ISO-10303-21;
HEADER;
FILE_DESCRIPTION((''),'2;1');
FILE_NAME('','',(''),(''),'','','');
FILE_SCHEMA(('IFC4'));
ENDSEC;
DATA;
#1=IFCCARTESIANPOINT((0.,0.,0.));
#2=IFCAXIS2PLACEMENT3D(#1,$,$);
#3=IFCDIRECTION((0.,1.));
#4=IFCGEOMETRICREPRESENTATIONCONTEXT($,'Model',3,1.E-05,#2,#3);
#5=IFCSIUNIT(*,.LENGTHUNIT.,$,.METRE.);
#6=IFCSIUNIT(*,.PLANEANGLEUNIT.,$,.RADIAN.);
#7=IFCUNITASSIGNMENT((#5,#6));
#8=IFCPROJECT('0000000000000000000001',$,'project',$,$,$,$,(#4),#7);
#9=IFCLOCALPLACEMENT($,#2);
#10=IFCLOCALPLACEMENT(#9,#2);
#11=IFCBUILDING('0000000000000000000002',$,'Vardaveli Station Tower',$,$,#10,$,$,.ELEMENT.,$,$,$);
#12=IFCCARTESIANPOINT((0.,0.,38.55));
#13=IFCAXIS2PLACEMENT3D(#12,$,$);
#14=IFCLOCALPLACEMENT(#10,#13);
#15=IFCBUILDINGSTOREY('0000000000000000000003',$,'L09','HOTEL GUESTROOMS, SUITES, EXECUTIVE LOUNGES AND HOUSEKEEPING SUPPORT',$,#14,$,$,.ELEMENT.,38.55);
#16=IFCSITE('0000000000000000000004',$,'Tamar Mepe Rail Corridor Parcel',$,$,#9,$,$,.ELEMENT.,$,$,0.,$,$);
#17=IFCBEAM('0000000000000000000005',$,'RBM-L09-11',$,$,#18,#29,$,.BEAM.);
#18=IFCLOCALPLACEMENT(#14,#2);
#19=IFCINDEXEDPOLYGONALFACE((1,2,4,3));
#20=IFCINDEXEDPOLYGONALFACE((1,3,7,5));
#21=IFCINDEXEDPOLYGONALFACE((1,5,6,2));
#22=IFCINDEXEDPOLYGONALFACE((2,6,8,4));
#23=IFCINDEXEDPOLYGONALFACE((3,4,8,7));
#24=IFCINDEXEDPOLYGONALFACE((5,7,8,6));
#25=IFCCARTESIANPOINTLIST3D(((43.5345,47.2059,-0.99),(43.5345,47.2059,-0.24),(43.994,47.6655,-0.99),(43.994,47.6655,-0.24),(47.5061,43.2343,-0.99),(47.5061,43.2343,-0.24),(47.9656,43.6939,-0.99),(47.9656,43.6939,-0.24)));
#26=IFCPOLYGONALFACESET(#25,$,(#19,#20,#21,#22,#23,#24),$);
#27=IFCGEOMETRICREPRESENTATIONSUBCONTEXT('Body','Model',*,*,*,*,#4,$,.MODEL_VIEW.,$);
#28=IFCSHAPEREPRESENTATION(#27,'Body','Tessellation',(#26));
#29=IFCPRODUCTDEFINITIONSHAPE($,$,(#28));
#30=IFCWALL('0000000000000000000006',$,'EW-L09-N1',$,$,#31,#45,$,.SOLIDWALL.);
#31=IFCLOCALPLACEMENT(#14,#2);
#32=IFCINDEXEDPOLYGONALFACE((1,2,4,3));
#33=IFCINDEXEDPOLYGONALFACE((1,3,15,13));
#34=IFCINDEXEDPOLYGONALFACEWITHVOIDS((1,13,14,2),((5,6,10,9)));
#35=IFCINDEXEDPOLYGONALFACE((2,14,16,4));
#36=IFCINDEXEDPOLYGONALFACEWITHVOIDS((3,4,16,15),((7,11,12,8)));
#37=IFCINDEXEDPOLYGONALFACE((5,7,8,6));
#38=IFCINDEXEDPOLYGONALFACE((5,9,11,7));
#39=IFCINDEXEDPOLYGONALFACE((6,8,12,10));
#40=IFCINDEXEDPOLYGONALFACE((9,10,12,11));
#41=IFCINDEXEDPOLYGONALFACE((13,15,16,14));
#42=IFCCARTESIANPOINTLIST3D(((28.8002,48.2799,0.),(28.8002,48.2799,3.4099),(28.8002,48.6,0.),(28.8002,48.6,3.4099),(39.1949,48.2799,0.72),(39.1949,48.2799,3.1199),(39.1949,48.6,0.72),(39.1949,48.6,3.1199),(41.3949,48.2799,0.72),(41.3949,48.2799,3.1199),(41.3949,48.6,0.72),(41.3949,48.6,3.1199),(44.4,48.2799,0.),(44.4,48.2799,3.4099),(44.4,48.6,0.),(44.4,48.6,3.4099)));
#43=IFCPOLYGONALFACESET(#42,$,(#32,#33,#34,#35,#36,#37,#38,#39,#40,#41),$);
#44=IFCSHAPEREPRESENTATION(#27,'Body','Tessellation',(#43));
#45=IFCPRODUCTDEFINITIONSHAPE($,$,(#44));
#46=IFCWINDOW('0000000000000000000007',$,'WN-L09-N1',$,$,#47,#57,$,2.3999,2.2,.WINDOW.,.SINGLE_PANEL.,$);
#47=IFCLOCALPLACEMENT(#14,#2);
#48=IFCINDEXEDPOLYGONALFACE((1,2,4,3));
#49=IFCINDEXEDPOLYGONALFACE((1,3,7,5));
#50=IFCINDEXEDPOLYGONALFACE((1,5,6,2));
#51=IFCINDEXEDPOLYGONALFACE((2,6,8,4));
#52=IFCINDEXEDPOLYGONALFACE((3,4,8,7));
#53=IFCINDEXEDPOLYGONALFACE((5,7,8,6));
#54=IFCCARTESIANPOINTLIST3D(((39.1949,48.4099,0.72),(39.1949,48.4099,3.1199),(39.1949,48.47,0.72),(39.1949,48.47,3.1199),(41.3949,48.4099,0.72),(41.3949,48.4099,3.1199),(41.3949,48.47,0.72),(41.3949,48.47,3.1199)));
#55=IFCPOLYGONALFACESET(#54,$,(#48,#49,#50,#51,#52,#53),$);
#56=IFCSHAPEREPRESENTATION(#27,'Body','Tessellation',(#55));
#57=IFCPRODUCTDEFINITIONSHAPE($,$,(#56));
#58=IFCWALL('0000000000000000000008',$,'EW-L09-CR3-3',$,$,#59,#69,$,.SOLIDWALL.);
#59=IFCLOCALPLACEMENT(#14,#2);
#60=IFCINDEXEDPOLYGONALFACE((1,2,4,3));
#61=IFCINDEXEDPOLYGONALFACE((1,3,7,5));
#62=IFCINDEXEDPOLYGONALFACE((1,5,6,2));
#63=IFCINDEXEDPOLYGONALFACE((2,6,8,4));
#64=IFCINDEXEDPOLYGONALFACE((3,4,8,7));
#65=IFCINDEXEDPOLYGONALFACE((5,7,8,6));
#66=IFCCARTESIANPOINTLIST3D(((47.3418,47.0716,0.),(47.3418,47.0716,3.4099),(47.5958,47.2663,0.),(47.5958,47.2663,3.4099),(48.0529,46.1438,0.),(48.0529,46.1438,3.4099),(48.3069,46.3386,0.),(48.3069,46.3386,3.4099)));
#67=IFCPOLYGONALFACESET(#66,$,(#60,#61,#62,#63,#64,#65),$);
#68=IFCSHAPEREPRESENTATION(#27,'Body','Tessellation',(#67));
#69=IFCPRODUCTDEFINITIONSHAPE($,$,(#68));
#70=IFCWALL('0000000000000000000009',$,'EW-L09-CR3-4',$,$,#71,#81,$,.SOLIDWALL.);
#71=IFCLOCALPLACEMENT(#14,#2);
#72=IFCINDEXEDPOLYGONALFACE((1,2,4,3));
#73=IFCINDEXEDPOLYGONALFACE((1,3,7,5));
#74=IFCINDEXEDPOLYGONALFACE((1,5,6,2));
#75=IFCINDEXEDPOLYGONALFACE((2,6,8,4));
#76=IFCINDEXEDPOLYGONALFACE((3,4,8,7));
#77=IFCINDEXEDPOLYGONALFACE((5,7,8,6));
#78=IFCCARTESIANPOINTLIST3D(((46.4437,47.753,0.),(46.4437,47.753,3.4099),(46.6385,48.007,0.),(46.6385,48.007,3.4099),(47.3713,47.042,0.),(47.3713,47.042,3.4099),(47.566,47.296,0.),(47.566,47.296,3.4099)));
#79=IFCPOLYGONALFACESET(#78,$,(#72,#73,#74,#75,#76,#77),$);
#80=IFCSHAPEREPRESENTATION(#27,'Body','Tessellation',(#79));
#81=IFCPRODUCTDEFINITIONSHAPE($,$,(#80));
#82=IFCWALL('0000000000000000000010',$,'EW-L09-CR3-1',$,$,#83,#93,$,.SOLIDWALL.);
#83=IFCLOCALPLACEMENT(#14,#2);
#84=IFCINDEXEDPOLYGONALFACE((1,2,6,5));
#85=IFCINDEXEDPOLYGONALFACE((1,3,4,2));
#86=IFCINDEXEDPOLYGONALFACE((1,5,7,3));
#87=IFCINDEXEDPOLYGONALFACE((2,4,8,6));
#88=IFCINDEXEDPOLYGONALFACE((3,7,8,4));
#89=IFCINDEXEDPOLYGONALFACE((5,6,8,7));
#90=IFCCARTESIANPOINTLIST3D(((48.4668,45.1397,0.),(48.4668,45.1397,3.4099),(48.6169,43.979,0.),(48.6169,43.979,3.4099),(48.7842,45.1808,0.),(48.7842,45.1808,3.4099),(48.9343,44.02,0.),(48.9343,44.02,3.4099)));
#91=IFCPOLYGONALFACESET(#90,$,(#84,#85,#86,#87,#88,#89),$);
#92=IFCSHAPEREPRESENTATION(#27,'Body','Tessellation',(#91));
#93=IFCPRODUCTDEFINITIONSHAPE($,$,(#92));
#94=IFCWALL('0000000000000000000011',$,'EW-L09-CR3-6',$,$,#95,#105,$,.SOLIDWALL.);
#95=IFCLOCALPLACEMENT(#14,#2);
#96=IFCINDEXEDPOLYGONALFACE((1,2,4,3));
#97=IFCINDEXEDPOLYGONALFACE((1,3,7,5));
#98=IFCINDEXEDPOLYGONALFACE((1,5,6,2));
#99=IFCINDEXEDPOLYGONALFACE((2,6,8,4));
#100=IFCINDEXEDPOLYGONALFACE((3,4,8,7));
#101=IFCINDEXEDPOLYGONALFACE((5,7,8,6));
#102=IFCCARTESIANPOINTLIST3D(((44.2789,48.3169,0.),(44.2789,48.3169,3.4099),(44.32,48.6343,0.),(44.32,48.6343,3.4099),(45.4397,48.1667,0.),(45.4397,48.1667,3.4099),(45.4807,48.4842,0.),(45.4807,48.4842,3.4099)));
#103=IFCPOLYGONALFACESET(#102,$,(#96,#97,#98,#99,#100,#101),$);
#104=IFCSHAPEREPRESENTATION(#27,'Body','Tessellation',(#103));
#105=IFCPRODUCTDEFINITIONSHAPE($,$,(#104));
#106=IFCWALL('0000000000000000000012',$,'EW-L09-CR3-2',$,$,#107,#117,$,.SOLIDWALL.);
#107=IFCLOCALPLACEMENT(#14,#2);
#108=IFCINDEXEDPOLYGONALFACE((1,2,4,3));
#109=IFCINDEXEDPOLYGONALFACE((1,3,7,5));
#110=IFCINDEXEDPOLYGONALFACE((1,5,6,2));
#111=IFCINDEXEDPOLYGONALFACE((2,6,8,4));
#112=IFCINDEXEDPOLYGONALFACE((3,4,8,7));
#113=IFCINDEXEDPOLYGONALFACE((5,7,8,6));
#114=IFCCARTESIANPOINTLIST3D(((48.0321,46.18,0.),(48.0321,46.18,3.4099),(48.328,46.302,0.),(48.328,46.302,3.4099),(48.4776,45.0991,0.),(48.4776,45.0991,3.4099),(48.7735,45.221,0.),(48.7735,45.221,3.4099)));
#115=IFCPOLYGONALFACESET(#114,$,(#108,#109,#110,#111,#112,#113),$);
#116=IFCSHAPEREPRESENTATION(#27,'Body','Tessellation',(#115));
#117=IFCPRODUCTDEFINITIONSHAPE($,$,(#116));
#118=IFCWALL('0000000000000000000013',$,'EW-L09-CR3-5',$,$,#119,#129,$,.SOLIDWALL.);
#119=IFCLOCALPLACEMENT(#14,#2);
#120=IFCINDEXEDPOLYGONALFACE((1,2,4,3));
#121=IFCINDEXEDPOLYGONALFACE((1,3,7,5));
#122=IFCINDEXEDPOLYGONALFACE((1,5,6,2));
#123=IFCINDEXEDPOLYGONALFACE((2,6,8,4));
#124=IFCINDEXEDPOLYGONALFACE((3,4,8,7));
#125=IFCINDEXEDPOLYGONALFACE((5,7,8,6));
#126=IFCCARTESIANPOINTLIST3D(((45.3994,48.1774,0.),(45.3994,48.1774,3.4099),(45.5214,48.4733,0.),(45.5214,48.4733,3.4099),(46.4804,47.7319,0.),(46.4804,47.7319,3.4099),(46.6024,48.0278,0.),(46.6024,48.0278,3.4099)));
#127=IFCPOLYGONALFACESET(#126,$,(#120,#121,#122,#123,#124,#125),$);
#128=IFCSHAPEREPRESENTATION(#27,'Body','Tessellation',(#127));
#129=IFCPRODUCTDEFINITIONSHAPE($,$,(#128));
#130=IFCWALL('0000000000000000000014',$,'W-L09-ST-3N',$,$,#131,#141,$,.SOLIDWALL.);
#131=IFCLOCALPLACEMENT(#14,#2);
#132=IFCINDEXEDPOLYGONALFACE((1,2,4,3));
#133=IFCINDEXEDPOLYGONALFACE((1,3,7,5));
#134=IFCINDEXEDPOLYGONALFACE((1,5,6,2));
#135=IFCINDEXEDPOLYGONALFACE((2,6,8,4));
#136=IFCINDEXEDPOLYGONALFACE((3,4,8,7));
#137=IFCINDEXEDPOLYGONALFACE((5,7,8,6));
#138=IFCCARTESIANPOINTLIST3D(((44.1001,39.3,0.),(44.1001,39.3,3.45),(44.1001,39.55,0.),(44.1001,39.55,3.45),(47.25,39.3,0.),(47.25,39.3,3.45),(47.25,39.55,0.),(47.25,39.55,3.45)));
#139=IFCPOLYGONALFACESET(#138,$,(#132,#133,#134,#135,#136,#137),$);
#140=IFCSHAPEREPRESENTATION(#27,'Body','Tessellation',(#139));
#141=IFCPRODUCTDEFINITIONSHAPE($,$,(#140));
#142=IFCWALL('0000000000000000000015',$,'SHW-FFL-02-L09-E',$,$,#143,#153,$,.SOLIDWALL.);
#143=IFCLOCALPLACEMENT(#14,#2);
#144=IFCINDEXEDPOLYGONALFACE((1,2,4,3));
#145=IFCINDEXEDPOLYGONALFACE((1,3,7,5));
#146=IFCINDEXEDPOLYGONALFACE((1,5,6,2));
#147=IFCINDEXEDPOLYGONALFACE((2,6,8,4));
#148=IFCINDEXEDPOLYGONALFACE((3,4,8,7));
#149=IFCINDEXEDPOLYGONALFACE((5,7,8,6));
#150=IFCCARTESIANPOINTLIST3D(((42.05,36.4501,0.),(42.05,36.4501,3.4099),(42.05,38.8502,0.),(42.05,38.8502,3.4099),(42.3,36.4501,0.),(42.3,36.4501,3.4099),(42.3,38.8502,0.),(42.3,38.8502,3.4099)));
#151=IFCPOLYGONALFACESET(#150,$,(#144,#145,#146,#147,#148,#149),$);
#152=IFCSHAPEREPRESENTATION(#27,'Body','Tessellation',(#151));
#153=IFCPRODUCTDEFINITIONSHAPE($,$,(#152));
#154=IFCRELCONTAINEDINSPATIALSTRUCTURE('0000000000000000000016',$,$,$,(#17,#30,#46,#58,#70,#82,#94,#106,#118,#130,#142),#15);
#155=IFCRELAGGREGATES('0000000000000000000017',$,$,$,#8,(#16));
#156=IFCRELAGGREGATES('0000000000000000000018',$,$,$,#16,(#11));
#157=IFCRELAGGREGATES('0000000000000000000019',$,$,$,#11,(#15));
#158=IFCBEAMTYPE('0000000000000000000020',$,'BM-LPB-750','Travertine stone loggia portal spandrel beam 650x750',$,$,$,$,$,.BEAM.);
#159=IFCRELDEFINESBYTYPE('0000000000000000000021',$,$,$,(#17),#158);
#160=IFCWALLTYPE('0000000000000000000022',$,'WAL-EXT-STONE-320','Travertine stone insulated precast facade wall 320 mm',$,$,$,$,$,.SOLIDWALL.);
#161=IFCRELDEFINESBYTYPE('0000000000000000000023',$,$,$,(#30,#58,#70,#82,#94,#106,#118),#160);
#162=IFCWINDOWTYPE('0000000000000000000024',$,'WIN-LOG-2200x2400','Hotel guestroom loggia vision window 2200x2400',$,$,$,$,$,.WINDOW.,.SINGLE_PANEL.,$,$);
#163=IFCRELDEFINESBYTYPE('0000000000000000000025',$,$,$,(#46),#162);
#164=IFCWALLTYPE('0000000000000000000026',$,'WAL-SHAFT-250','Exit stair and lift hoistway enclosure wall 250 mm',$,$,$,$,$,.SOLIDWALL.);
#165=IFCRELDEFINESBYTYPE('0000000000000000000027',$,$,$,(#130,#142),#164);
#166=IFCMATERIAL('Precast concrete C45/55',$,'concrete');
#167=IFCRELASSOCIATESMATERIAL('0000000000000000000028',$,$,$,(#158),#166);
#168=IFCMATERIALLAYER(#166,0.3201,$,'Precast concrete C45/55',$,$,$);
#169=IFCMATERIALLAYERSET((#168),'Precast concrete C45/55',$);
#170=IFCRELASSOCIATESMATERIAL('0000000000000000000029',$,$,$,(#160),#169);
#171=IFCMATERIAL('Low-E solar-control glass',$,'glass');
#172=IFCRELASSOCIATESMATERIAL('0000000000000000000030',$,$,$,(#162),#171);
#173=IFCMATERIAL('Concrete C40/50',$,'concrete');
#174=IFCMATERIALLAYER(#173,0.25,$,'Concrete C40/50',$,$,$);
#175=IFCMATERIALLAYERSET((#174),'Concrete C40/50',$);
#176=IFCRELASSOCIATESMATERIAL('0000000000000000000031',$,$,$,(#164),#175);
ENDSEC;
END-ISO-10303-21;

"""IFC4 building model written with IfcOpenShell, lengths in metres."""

from ifc_helpers import new_model, si_unit, direction, frame, frame_2d, origin, origin_2d, place, context, subcontext, project, spatial, rectangle, extrude, source, transform, mapped, material, layer, layer_set, material_profile, profile_set, type_object, element, fill, save


model = new_model("IFC4")

# Units and contexts
model_context = context("Model", 3, precision=1e-05, world=origin(), true_north=direction((0.0, 1.0)))
body_context = subcontext(model_context, "Body", "Model", "MODEL_VIEW")
ifc_project = project(units=[si_unit("LENGTHUNIT", "METRE"), si_unit("PLANEANGLEUNIT", "RADIAN")], contexts=[model_context])

# Site, building, storey
site_placement = place(None, origin())
site = spatial("IfcSite", under=ifc_project, at=site_placement, Name="Tamar Mepe Rail Corridor Parcel", CompositionType="ELEMENT", RefElevation=0.0)
building_placement = place(site_placement, origin())
building = spatial("IfcBuilding", under=site, at=building_placement, Name="Vardaveli Station Tower", CompositionType="ELEMENT")
storey_placement = place(building_placement, frame((0.0, 0.0, 38.55)))
storey = spatial("IfcBuildingStorey", under=building, at=storey_placement, Name="L09", Description="HOTEL GUESTROOMS, SUITES, EXECUTIVE LOUNGES AND HOUSEKEEPING SUPPORT", CompositionType="ELEMENT", Elevation=38.55)

# Beam
ifc_material_1 = material(Name="Precast concrete C45/55", Category="concrete")
ifc_material_profile_1 = material_profile(ifc_material_1, rectangle(XDim=0.6499, YDim=0.75, at=origin_2d()), Name="LPB 650x750")
ifc_profile_set_1 = profile_set([ifc_material_profile_1], Name="Precast concrete C45/55")
beam_type = type_object("IfcBeamType", Name="BM-LPB-750", Description="Travertine stone loggia portal spandrel beam 650x750", PredefinedType="BEAM", material=ifc_profile_set_1)
shared_shape_1 = source(origin(), body_context, "Body", "SweptSolid", [
    extrude(rectangle(XDim=0.6499, YDim=0.75, at=origin_2d()), origin(), (0.0, 0.0, 1.0), 5.6167),
])
beam_placement = place(storey_placement, frame((47.7358, 43.4641, -0.615), z_axis=(-0.707107, 0.707107, 0.0), x_axis=(-0.707107, -0.707107, 0.0)))
element("IfcBeam", 1, at=beam_placement, inside=storey, type_object=beam_type, Name="RBM-L09-11", PredefinedType="BEAM", context=body_context, shape_type="MappedRepresentation", body=[
    mapped(shared_shape_1, transform((0.0, 0.0, 0.0), scale=1.0)),
])

# Wall, opening, window
ifc_layer_1 = layer(ifc_material_1, 0.3201, Name="Precast concrete C45/55")
ifc_layer_set_1 = layer_set([ifc_layer_1], Name="Precast concrete C45/55")
wall_type_1 = type_object("IfcWallType", Name="WAL-EXT-STONE-320", Description="Travertine stone insulated precast facade wall 320 mm", PredefinedType="SOLIDWALL", material=ifc_layer_set_1)
shared_shape_2 = source(origin(), body_context, "Body", "SweptSolid", [
    extrude(rectangle(XDim=15.5999, YDim=0.3201, at=frame_2d((7.7998, 0.0))), origin(), (0.0, 0.0, 1.0), 3.4099),
])
wall_1_placement = place(storey_placement, frame((44.3999, 48.4399, 0.0), z_axis=(0.0, 0.0, 1.0), x_axis=(-1.0, 0.0, 0.0)))
wall_1 = element("IfcWall", 2, at=wall_1_placement, inside=storey, type_object=wall_type_1, Name="EW-L09-N1", PredefinedType="SOLIDWALL", context=body_context, shape_type="MappedRepresentation", body=[
    mapped(shared_shape_2, transform((0.0, 0.0, 0.0), scale=1.0)),
])
shared_shape_3 = source(origin(), body_context, "Body", "SweptSolid", [
    extrude(rectangle(XDim=2.2, YDim=2.3999, at=frame_2d((1.1001, 1.2))), frame((0.0, 0.1699, 0.0), z_axis=(0.0, -1.0, 0.0), x_axis=(1.0, 0.0, 0.0)), (0.0, 0.0, 1.0), 0.3401),
])
opening_placement = place(wall_1_placement, frame((3.0049, 0.0, 0.72)))
opening = element("IfcOpeningElement", 3, at=opening_placement, cuts=wall_1, PredefinedType="OPENING", context=body_context, shape_type="MappedRepresentation", body=[
    mapped(shared_shape_3, transform((0.0, 0.0, 0.0), scale=1.0)),
])
ifc_material_2 = material(Name="Low-E solar-control glass", Category="glass")
window_type = type_object("IfcWindowType", Name="WIN-LOG-2200x2400", Description="Hotel guestroom loggia vision window 2200x2400", PartitioningType="SINGLE_PANEL", PredefinedType="WINDOW", material=ifc_material_2)
shared_shape_4 = source(origin(), body_context, "Body", "SweptSolid", [
    extrude(rectangle(XDim=2.2, YDim=2.3999, at=frame_2d((1.1001, 1.2))), frame((0.0, 0.03, 0.0), z_axis=(0.0, -1.0, 0.0), x_axis=(1.0, 0.0, 0.0)), (0.0, 0.0, 1.0), 0.0601),
])
window_placement = place(opening_placement, origin())
window = element("IfcWindow", 4, at=window_placement, inside=storey, type_object=window_type, Name="WN-L09-N1", OverallHeight=2.3999, OverallWidth=2.2, PartitioningType="SINGLE_PANEL", PredefinedType="WINDOW", context=body_context, shape_type="MappedRepresentation", body=[
    mapped(shared_shape_4, transform((0.0, 0.0, 0.0), scale=1.0)),
])
fill(opening, window)

# Walls
shared_shape_5 = source(origin(), body_context, "Body", "SweptSolid", [
    extrude(rectangle(XDim=1.1689, YDim=0.3201, at=frame_2d((0.5845, 0.0))), origin(), (0.0, 0.0, 1.0), 3.4099),
])
wall_2_placement = place(storey_placement, frame((48.1799, 46.2412, 0.0), z_axis=(0.0, 0.0, 1.0), x_axis=(-0.608388, 0.79364, 0.0)))
element("IfcWall", 5, at=wall_2_placement, inside=storey, type_object=wall_type_1, Name="EW-L09-CR3-3", PredefinedType="SOLIDWALL", context=body_context, shape_type="MappedRepresentation", body=[
    mapped(shared_shape_5, transform((0.0, 0.0, 0.0), scale=1.0)),
])
shared_shape_6 = source(origin(), body_context, "Body", "SweptSolid", [
    extrude(rectangle(XDim=1.1687, YDim=0.3201, at=frame_2d((0.5845, 0.0))), origin(), (0.0, 0.0, 1.0), 3.4099),
])
wall_3_placement = place(storey_placement, frame((47.4688, 47.1689, 0.0), z_axis=(0.0, 0.0, 1.0), x_axis=(-0.793664, 0.608357, 0.0)))
element("IfcWall", 6, at=wall_3_placement, inside=storey, type_object=wall_type_1, Name="EW-L09-CR3-4", PredefinedType="SOLIDWALL", context=body_context, shape_type="MappedRepresentation", body=[
    mapped(shared_shape_6, transform((0.0, 0.0, 0.0), scale=1.0)),
])
shared_shape_7 = source(origin(), body_context, "Body", "SweptSolid", [
    extrude(rectangle(XDim=1.1704, YDim=0.3201, at=frame_2d((0.5852, 0.0))), origin(), (0.0, 0.0, 1.0), 3.4099),
])
for number, where, z_axis, x_axis, name in (
    (7, (48.7756, 43.9995, 0.0), (0.0, 0.0, 1.0), (-0.128296, 0.991736, 0.0), "EW-L09-CR3-1"),
    (8, (45.4602, 48.3254, 0.0), (0.0, 0.0, 1.0), (-0.991736, 0.128296, 0.0), "EW-L09-CR3-6"),
):
    element("IfcWall", number, at=place(storey_placement, frame(where, z_axis=z_axis, x_axis=x_axis)), inside=storey, type_object=wall_type_1, Name=name, PredefinedType="SOLIDWALL", context=body_context, shape_type="MappedRepresentation", body=[
        mapped(shared_shape_7, transform((0.0, 0.0, 0.0), scale=1.0)),
    ])
shared_shape_8 = source(origin(), body_context, "Body", "SweptSolid", [
    extrude(rectangle(XDim=1.1692, YDim=0.3201, at=frame_2d((0.5845, 0.0))), origin(), (0.0, 0.0, 1.0), 3.4099),
])
for number, where, z_axis, x_axis, name in (
    (9, (48.6255, 45.1602, 0.0), (0.0, 0.0, 1.0), (-0.381054, 0.924553, 0.0), "EW-L09-CR3-2"),
    (10, (46.5413, 47.8799, 0.0), (0.0, 0.0, 1.0), (-0.924553, 0.381054, 0.0), "EW-L09-CR3-5"),
):
    element("IfcWall", number, at=place(storey_placement, frame(where, z_axis=z_axis, x_axis=x_axis)), inside=storey, type_object=wall_type_1, Name=name, PredefinedType="SOLIDWALL", context=body_context, shape_type="MappedRepresentation", body=[
        mapped(shared_shape_8, transform((0.0, 0.0, 0.0), scale=1.0)),
    ])
ifc_material_3 = material(Name="Concrete C40/50", Category="concrete")
ifc_layer_2 = layer(ifc_material_3, 0.25, Name="Concrete C40/50")
ifc_layer_set_2 = layer_set([ifc_layer_2], Name="Concrete C40/50")
wall_type_2 = type_object("IfcWallType", Name="WAL-SHAFT-250", Description="Exit stair and lift hoistway enclosure wall 250 mm", PredefinedType="SOLIDWALL", material=ifc_layer_set_2)
shared_shape_9 = source(origin(), body_context, "Body", "SweptSolid", [
    extrude(rectangle(XDim=3.1499, YDim=0.25, at=frame_2d((1.575, 0.0))), origin(), (0.0, 0.0, 1.0), 3.45),
])
wall_4_placement = place(storey_placement, frame((44.1001, 39.425, 0.0), z_axis=(0.0, 0.0, 1.0), x_axis=(1.0, 0.0, 0.0)))
element("IfcWall", 11, at=wall_4_placement, inside=storey, type_object=wall_type_2, Name="W-L09-ST-3N", PredefinedType="SOLIDWALL", context=body_context, shape_type="MappedRepresentation", body=[
    mapped(shared_shape_9, transform((0.0, 0.0, 0.0), scale=1.0)),
])
shared_shape_10 = source(origin(), body_context, "Body", "SweptSolid", [
    extrude(rectangle(XDim=2.4001, YDim=0.25, at=frame_2d((1.2002, 0.0))), origin(), (0.0, 0.0, 1.0), 3.4099),
])
wall_5_placement = place(storey_placement, frame((42.175, 36.45, 0.0), z_axis=(0.0, 0.0, 1.0), x_axis=(0.0, 1.0, 0.0)))
element("IfcWall", 12, at=wall_5_placement, inside=storey, type_object=wall_type_2, Name="SHW-FFL-02-L09-E", PredefinedType="SOLIDWALL", context=body_context, shape_type="MappedRepresentation", body=[
    mapped(shared_shape_10, transform((0.0, 0.0, 0.0), scale=1.0)),
])

save(model, "model.ifc")
